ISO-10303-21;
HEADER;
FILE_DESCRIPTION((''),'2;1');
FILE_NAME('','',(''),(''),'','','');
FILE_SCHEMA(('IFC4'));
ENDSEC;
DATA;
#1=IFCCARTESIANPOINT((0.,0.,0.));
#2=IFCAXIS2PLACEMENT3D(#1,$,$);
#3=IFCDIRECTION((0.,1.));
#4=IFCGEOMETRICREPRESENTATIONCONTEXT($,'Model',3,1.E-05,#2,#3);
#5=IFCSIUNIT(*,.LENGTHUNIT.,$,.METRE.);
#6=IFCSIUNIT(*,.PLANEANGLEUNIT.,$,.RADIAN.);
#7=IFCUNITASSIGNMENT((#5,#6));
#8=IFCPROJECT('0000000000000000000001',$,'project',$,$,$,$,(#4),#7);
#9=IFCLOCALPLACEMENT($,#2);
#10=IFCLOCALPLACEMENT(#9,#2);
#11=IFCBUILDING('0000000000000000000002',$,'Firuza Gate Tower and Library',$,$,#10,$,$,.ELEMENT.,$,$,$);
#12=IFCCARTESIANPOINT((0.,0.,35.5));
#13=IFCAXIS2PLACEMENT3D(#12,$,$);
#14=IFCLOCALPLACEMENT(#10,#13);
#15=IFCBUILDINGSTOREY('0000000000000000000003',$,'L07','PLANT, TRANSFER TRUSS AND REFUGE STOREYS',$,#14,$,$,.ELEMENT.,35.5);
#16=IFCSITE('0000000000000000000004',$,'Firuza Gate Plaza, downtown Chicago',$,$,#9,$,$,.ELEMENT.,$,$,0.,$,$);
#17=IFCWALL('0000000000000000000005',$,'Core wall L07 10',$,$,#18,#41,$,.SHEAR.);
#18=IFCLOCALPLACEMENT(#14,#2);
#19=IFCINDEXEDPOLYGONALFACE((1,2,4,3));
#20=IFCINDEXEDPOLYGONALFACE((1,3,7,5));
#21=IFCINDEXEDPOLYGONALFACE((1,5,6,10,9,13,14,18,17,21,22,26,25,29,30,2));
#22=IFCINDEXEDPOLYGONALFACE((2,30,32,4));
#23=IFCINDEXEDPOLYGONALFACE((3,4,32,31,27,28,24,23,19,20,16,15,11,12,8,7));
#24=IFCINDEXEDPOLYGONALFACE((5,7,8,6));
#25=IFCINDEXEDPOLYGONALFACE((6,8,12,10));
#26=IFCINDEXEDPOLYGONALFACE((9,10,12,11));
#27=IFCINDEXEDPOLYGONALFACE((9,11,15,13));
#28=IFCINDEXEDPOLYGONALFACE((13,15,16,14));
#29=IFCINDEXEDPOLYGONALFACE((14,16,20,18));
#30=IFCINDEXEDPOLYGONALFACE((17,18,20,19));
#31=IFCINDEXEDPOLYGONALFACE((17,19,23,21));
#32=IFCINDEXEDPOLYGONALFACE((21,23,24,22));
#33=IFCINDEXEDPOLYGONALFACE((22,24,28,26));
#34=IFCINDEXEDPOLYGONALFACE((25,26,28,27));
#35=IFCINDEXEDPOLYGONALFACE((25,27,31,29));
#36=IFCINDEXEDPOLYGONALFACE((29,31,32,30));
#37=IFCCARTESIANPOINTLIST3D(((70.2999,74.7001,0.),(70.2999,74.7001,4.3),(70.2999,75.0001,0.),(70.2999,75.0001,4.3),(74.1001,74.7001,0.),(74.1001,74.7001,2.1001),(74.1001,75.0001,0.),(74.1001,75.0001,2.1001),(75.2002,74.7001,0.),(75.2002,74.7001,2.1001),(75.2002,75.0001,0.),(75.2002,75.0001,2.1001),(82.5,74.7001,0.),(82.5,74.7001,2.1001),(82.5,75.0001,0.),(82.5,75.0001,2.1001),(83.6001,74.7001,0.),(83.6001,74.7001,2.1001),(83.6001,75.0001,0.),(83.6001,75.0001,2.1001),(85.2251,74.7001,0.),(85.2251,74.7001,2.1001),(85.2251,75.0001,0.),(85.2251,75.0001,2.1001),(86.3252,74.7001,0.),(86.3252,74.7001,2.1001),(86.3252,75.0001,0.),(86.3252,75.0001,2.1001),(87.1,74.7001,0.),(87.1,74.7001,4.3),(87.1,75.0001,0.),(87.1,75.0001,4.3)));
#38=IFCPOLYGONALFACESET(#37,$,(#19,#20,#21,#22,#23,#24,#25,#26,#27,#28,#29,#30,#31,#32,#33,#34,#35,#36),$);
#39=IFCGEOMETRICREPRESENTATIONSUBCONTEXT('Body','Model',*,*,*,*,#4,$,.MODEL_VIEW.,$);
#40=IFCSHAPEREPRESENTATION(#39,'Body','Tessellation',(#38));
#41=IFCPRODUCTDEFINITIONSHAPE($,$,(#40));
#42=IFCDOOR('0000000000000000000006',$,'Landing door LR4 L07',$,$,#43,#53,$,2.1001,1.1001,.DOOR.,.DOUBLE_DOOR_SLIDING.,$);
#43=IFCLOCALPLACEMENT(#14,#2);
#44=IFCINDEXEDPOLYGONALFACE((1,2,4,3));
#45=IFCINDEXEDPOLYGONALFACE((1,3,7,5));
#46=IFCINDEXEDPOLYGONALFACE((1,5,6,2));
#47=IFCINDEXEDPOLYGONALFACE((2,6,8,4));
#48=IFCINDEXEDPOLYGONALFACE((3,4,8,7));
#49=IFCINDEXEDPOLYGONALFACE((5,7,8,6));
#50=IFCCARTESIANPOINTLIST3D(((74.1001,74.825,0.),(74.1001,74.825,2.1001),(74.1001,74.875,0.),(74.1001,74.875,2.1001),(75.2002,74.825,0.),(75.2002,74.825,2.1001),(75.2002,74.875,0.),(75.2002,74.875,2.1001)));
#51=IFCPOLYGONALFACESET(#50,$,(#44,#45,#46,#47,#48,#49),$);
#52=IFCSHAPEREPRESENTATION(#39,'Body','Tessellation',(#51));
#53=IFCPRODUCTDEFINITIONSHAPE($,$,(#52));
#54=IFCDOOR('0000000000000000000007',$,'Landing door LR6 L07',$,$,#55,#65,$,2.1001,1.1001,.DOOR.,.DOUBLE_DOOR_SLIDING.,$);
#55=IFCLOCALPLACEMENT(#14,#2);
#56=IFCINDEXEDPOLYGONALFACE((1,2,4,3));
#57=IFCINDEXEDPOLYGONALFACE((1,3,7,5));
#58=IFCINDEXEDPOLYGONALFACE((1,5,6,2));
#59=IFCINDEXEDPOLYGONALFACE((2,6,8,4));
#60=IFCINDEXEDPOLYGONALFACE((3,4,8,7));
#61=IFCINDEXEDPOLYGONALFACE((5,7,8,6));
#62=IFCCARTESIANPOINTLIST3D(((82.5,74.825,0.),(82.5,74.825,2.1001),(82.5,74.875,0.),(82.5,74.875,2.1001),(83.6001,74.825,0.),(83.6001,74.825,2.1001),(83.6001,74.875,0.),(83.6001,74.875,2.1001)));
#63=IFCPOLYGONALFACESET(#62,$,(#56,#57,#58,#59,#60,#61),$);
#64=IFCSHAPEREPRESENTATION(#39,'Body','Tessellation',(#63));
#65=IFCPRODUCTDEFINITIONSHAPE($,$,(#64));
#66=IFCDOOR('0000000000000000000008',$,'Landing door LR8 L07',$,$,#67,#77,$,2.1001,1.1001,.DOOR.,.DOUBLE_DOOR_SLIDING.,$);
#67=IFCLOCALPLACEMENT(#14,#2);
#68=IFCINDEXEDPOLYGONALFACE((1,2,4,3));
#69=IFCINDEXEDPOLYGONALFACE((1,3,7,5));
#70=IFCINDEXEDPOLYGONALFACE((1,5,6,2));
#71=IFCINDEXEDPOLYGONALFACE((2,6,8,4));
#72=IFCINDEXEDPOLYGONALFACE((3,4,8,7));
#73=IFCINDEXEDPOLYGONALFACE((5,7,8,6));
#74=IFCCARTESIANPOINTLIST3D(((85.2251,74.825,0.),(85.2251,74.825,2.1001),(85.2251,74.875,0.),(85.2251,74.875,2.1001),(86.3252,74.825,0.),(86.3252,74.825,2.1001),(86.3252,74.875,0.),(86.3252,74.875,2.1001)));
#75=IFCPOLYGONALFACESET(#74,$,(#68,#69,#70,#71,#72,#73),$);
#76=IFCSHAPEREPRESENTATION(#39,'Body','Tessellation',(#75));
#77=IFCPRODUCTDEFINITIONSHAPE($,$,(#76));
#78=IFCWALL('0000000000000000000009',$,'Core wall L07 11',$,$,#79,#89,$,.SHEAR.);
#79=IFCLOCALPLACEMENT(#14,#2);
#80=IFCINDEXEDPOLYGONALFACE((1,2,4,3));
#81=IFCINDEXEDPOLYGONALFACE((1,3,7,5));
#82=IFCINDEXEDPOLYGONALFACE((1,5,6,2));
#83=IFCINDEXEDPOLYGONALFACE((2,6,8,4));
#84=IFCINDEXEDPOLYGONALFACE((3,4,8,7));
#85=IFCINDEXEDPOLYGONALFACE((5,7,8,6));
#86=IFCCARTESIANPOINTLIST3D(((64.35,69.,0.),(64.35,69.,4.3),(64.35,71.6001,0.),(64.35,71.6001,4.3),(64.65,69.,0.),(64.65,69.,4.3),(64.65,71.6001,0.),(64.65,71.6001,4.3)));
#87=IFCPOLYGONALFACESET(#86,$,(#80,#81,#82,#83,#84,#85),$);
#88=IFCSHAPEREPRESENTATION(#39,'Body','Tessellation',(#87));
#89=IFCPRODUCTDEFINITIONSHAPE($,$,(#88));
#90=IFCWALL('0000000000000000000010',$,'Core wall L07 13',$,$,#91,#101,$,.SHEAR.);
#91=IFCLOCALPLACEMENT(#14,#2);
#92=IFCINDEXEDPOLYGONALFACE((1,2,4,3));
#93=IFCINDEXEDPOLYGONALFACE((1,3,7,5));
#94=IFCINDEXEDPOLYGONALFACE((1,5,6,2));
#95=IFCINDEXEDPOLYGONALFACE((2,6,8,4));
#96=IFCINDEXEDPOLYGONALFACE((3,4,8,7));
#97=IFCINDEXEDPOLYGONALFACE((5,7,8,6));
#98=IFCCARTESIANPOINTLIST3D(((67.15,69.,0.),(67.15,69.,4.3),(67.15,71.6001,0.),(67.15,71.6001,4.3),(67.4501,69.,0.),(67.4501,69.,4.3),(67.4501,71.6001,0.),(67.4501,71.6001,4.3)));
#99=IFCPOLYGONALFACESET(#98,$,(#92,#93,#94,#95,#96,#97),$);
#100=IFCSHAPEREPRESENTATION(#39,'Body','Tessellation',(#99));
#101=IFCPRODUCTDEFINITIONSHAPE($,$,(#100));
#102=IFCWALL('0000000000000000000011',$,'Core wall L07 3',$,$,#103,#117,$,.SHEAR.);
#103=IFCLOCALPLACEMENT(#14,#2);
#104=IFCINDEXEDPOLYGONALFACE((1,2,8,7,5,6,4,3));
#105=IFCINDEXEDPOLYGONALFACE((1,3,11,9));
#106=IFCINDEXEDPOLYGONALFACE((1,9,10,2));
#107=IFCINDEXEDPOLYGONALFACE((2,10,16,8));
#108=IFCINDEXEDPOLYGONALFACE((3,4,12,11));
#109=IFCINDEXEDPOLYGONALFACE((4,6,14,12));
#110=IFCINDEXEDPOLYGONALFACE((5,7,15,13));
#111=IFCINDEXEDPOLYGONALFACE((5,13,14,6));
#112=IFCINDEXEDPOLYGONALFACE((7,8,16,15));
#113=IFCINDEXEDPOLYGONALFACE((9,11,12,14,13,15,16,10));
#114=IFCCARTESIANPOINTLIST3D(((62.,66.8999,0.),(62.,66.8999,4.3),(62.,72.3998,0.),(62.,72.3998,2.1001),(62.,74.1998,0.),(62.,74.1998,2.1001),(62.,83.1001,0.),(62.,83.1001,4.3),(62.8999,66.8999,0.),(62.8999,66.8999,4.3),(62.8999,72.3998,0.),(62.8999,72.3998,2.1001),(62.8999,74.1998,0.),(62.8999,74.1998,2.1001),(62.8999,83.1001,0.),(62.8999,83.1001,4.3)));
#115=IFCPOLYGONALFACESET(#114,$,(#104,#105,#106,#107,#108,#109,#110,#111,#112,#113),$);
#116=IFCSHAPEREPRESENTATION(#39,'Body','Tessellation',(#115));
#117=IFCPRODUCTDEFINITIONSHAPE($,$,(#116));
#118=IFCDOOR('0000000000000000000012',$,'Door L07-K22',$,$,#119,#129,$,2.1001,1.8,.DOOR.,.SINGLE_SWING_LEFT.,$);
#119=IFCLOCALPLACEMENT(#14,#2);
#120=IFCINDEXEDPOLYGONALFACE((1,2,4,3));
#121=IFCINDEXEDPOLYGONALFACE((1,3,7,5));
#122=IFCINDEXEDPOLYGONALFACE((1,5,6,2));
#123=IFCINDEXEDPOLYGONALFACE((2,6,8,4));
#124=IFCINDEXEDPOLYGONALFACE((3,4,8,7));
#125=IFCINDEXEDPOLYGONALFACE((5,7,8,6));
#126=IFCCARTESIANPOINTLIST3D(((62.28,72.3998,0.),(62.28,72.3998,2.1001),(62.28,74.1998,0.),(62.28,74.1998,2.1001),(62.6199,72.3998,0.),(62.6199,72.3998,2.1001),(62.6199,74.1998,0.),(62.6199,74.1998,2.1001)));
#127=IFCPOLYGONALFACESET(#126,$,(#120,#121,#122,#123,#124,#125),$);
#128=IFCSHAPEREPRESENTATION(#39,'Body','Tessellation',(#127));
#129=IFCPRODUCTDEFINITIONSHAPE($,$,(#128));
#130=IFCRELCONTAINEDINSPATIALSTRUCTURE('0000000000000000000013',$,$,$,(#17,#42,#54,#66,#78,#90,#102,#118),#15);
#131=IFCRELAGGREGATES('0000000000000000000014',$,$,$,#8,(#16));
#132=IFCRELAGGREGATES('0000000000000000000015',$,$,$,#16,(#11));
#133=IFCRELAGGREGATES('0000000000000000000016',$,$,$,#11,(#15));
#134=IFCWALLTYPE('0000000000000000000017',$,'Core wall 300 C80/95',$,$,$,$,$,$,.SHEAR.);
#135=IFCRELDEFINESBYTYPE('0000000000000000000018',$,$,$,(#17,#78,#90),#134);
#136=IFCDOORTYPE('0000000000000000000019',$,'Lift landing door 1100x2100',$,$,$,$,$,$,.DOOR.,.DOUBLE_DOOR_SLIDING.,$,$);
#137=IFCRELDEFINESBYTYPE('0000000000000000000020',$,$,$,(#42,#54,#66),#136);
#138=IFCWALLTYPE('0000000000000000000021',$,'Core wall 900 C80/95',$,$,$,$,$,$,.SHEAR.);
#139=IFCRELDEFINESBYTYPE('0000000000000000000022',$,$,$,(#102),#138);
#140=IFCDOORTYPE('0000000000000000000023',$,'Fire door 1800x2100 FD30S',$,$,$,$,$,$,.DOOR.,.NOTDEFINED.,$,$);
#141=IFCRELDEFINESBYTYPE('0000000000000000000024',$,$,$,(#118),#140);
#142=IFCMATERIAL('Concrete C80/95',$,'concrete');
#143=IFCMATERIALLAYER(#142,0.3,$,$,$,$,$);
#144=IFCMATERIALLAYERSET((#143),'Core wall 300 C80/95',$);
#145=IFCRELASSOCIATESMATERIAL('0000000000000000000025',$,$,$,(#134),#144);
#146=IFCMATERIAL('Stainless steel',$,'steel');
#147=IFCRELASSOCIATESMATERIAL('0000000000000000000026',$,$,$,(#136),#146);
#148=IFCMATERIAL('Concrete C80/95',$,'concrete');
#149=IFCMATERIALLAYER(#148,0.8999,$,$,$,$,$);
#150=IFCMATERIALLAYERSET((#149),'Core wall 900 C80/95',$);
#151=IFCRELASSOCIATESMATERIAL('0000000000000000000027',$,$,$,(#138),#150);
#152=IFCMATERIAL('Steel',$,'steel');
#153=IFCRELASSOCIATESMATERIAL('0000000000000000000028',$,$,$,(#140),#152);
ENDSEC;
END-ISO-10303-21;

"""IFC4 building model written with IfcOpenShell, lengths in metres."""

from ifc_helpers import new_model, si_unit, direction, frame, frame_2d, origin, place, context, subcontext, project, spatial, rectangle, extrude, material, layer, layer_set, type_object, element, fill, save


model = new_model("IFC4")

# Units and contexts
model_context = context("Model", 3, precision=1e-05, world=origin(), true_north=direction((0.0, 1.0)))
body_context = subcontext(model_context, "Body", "Model", "MODEL_VIEW")
ifc_project = project(units=[si_unit("LENGTHUNIT", "METRE"), si_unit("PLANEANGLEUNIT", "RADIAN")], contexts=[model_context])

# Site, building, storey
site_placement = place(None, origin())
site = spatial("IfcSite", under=ifc_project, at=site_placement, Name="Firuza Gate Plaza, downtown Chicago", CompositionType="ELEMENT", RefElevation=0.0)
building_placement = place(site_placement, origin())
building = spatial("IfcBuilding", under=site, at=building_placement, Name="Firuza Gate Tower and Library", CompositionType="ELEMENT")
storey_placement = place(building_placement, frame((0.0, 0.0, 35.5)))
storey = spatial("IfcBuildingStorey", under=building, at=storey_placement, Name="L07", Description="PLANT, TRANSFER TRUSS AND REFUGE STOREYS", CompositionType="ELEMENT", Elevation=35.5)

# Shared definitions
ifc_material_1 = material(Name="Concrete C80/95", Category="concrete")
ifc_layer_1 = layer(ifc_material_1, 0.3)
ifc_layer_set_1 = layer_set([ifc_layer_1], Name="Core wall 300 C80/95")
wall_type_1 = type_object("IfcWallType", Name="Core wall 300 C80/95", PredefinedType="SHEAR", material=ifc_layer_set_1)

# Shared definitions
ifc_material_2 = material(Name="Stainless steel", Category="steel")
door_type_1 = type_object("IfcDoorType", Name="Lift landing door 1100x2100", OperationType="DOUBLE_DOOR_SLIDING", PredefinedType="DOOR", material=ifc_material_2)

# Wall, openings, doors
wall_1_placement = place(storey_placement, frame((70.3, 74.8501, 0.0), z_axis=(0.0, 0.0, 1.0), x_axis=(1.0, 0.0, 0.0)))
wall_1 = element("IfcWall", 1, at=wall_1_placement, inside=storey, type_object=wall_type_1, Name="Core wall L07 10", PredefinedType="SHEAR", context=body_context, shape_type="SweptSolid", body=[
    extrude(rectangle(XDim=16.8, YDim=0.3, at=frame_2d((8.3999, 0.0))), origin(), (0.0, 0.0, 1.0), 4.3),
])
opening_1_placement = place(wall_1_placement, frame((3.8, 0.0, 0.0)))
opening_1 = element("IfcOpeningElement", 2, at=opening_1_placement, cuts=wall_1, PredefinedType="OPENING", context=body_context, shape_type="SweptSolid", body=[
    extrude(rectangle(XDim=1.1001, YDim=2.1001, at=frame_2d((0.55, 1.05))), frame((0.0, 0.1602, 0.0), z_axis=(0.0, -1.0, 0.0), x_axis=(1.0, 0.0, 0.0)), (0.0, 0.0, 1.0), 0.3201),
])
opening_2_placement = place(wall_1_placement, frame((12.2, 0.0, 0.0)))
opening_2 = element("IfcOpeningElement", 3, at=opening_2_placement, cuts=wall_1, PredefinedType="OPENING", context=body_context, shape_type="SweptSolid", body=[
    extrude(rectangle(XDim=1.1001, YDim=2.1001, at=frame_2d((0.55, 1.05))), frame((0.0, 0.1602, 0.0), z_axis=(0.0, -1.0, 0.0), x_axis=(1.0, 0.0, 0.0)), (0.0, 0.0, 1.0), 0.3201),
])
opening_3_placement = place(wall_1_placement, frame((14.925, 0.0, 0.0)))
opening_3 = element("IfcOpeningElement", 4, at=opening_3_placement, cuts=wall_1, PredefinedType="OPENING", context=body_context, shape_type="SweptSolid", body=[
    extrude(rectangle(XDim=1.1001, YDim=2.1001, at=frame_2d((0.55, 1.05))), frame((0.0, 0.1602, 0.0), z_axis=(0.0, -1.0, 0.0), x_axis=(1.0, 0.0, 0.0)), (0.0, 0.0, 1.0), 0.3201),
])
door_1_placement = place(opening_1_placement, origin())
door_1 = element("IfcDoor", 5, at=door_1_placement, inside=storey, type_object=door_type_1, Name="Landing door LR4 L07", OperationType="DOUBLE_DOOR_SLIDING", OverallHeight=2.1001, OverallWidth=1.1001, PredefinedType="DOOR", context=body_context, shape_type="SweptSolid", body=[
    extrude(rectangle(XDim=1.1001, YDim=2.1001, at=frame_2d((0.55, 1.05))), frame((0.0, 0.0249, 0.0), z_axis=(0.0, -1.0, 0.0), x_axis=(1.0, 0.0, 0.0)), (0.0, 0.0, 1.0), 0.05),
])
fill(opening_1, door_1)
door_2_placement = place(opening_2_placement, origin())
door_2 = element("IfcDoor", 6, at=door_2_placement, inside=storey, type_object=door_type_1, Name="Landing door LR6 L07", OperationType="DOUBLE_DOOR_SLIDING", OverallHeight=2.1001, OverallWidth=1.1001, PredefinedType="DOOR", context=body_context, shape_type="SweptSolid", body=[
    extrude(rectangle(XDim=1.1001, YDim=2.1001, at=frame_2d((0.55, 1.05))), frame((0.0, 0.0249, 0.0), z_axis=(0.0, -1.0, 0.0), x_axis=(1.0, 0.0, 0.0)), (0.0, 0.0, 1.0), 0.05),
])
fill(opening_2, door_2)
door_3_placement = place(opening_3_placement, origin())
door_3 = element("IfcDoor", 7, at=door_3_placement, inside=storey, type_object=door_type_1, Name="Landing door LR8 L07", OperationType="DOUBLE_DOOR_SLIDING", OverallHeight=2.1001, OverallWidth=1.1001, PredefinedType="DOOR", context=body_context, shape_type="SweptSolid", body=[
    extrude(rectangle(XDim=1.1001, YDim=2.1001, at=frame_2d((0.55, 1.05))), frame((0.0, 0.0249, 0.0), z_axis=(0.0, -1.0, 0.0), x_axis=(1.0, 0.0, 0.0)), (0.0, 0.0, 1.0), 0.05),
])
fill(opening_3, door_3)

# Walls
for number, where, z_axis, x_axis, name in (
    (8, (64.5, 69.0, 0.0), (0.0, 0.0, 1.0), (0.0, 1.0, 0.0), "Core wall L07 11"),
    (9, (67.3, 69.0, 0.0), (0.0, 0.0, 1.0), (0.0, 1.0, 0.0), "Core wall L07 13"),
):
    element("IfcWall", number, at=place(storey_placement, frame(where, z_axis=z_axis, x_axis=x_axis)), inside=storey, type_object=wall_type_1, Name=name, PredefinedType="SHEAR", context=body_context, shape_type="SweptSolid", body=[
        extrude(rectangle(XDim=2.6001, YDim=0.3, at=frame_2d((1.3, 0.0))), origin(), (0.0, 0.0, 1.0), 4.3),
    ])

# Wall, opening, door
ifc_material_3 = material(Name="Concrete C80/95", Category="concrete")
ifc_layer_2 = layer(ifc_material_3, 0.8999)
ifc_layer_set_2 = layer_set([ifc_layer_2], Name="Core wall 900 C80/95")
wall_type_2 = type_object("IfcWallType", Name="Core wall 900 C80/95", PredefinedType="SHEAR", material=ifc_layer_set_2)
wall_2_placement = place(storey_placement, frame((62.45, 66.8999, 0.0), z_axis=(0.0, 0.0, 1.0), x_axis=(0.0, 1.0, 0.0)))
wall_2 = element("IfcWall", 10, at=wall_2_placement, inside=storey, type_object=wall_type_2, Name="Core wall L07 3", PredefinedType="SHEAR", context=body_context, shape_type="SweptSolid", body=[
    extrude(rectangle(XDim=16.2002, YDim=0.8999, at=frame_2d((8.1001, 0.0))), origin(), (0.0, 0.0, 1.0), 4.3),
])
opening_4_placement = place(wall_2_placement, frame((5.5, 0.0, 0.0)))
opening_4 = element("IfcOpeningElement", 11, at=opening_4_placement, cuts=wall_2, PredefinedType="OPENING", context=body_context, shape_type="SweptSolid", body=[
    extrude(rectangle(XDim=1.8, YDim=2.1001, at=frame_2d((0.8999, 1.05))), frame((0.0, 0.46, 0.0), z_axis=(0.0, -1.0, 0.0), x_axis=(1.0, 0.0, 0.0)), (0.0, 0.0, 1.0), 0.9199),
])
ifc_material_4 = material(Name="Steel", Category="steel")
door_type_2 = type_object("IfcDoorType", Name="Fire door 1800x2100 FD30S", OperationType="NOTDEFINED", PredefinedType="DOOR", material=ifc_material_4)
door_4_placement = place(opening_4_placement, origin())
door_4 = element("IfcDoor", 12, at=door_4_placement, inside=storey, type_object=door_type_2, Name="Door L07-K22", OperationType="SINGLE_SWING_LEFT", OverallHeight=2.1001, OverallWidth=1.8, PredefinedType="DOOR", context=body_context, shape_type="SweptSolid", body=[
    extrude(rectangle(XDim=1.8, YDim=2.1001, at=frame_2d((0.8999, 1.05))), frame((0.0, 0.1699, 0.0), z_axis=(0.0, -1.0, 0.0), x_axis=(1.0, 0.0, 0.0)), (0.0, 0.0, 1.0), 0.3398),
])
fill(opening_4, door_4)

save(model, "model.ifc")
